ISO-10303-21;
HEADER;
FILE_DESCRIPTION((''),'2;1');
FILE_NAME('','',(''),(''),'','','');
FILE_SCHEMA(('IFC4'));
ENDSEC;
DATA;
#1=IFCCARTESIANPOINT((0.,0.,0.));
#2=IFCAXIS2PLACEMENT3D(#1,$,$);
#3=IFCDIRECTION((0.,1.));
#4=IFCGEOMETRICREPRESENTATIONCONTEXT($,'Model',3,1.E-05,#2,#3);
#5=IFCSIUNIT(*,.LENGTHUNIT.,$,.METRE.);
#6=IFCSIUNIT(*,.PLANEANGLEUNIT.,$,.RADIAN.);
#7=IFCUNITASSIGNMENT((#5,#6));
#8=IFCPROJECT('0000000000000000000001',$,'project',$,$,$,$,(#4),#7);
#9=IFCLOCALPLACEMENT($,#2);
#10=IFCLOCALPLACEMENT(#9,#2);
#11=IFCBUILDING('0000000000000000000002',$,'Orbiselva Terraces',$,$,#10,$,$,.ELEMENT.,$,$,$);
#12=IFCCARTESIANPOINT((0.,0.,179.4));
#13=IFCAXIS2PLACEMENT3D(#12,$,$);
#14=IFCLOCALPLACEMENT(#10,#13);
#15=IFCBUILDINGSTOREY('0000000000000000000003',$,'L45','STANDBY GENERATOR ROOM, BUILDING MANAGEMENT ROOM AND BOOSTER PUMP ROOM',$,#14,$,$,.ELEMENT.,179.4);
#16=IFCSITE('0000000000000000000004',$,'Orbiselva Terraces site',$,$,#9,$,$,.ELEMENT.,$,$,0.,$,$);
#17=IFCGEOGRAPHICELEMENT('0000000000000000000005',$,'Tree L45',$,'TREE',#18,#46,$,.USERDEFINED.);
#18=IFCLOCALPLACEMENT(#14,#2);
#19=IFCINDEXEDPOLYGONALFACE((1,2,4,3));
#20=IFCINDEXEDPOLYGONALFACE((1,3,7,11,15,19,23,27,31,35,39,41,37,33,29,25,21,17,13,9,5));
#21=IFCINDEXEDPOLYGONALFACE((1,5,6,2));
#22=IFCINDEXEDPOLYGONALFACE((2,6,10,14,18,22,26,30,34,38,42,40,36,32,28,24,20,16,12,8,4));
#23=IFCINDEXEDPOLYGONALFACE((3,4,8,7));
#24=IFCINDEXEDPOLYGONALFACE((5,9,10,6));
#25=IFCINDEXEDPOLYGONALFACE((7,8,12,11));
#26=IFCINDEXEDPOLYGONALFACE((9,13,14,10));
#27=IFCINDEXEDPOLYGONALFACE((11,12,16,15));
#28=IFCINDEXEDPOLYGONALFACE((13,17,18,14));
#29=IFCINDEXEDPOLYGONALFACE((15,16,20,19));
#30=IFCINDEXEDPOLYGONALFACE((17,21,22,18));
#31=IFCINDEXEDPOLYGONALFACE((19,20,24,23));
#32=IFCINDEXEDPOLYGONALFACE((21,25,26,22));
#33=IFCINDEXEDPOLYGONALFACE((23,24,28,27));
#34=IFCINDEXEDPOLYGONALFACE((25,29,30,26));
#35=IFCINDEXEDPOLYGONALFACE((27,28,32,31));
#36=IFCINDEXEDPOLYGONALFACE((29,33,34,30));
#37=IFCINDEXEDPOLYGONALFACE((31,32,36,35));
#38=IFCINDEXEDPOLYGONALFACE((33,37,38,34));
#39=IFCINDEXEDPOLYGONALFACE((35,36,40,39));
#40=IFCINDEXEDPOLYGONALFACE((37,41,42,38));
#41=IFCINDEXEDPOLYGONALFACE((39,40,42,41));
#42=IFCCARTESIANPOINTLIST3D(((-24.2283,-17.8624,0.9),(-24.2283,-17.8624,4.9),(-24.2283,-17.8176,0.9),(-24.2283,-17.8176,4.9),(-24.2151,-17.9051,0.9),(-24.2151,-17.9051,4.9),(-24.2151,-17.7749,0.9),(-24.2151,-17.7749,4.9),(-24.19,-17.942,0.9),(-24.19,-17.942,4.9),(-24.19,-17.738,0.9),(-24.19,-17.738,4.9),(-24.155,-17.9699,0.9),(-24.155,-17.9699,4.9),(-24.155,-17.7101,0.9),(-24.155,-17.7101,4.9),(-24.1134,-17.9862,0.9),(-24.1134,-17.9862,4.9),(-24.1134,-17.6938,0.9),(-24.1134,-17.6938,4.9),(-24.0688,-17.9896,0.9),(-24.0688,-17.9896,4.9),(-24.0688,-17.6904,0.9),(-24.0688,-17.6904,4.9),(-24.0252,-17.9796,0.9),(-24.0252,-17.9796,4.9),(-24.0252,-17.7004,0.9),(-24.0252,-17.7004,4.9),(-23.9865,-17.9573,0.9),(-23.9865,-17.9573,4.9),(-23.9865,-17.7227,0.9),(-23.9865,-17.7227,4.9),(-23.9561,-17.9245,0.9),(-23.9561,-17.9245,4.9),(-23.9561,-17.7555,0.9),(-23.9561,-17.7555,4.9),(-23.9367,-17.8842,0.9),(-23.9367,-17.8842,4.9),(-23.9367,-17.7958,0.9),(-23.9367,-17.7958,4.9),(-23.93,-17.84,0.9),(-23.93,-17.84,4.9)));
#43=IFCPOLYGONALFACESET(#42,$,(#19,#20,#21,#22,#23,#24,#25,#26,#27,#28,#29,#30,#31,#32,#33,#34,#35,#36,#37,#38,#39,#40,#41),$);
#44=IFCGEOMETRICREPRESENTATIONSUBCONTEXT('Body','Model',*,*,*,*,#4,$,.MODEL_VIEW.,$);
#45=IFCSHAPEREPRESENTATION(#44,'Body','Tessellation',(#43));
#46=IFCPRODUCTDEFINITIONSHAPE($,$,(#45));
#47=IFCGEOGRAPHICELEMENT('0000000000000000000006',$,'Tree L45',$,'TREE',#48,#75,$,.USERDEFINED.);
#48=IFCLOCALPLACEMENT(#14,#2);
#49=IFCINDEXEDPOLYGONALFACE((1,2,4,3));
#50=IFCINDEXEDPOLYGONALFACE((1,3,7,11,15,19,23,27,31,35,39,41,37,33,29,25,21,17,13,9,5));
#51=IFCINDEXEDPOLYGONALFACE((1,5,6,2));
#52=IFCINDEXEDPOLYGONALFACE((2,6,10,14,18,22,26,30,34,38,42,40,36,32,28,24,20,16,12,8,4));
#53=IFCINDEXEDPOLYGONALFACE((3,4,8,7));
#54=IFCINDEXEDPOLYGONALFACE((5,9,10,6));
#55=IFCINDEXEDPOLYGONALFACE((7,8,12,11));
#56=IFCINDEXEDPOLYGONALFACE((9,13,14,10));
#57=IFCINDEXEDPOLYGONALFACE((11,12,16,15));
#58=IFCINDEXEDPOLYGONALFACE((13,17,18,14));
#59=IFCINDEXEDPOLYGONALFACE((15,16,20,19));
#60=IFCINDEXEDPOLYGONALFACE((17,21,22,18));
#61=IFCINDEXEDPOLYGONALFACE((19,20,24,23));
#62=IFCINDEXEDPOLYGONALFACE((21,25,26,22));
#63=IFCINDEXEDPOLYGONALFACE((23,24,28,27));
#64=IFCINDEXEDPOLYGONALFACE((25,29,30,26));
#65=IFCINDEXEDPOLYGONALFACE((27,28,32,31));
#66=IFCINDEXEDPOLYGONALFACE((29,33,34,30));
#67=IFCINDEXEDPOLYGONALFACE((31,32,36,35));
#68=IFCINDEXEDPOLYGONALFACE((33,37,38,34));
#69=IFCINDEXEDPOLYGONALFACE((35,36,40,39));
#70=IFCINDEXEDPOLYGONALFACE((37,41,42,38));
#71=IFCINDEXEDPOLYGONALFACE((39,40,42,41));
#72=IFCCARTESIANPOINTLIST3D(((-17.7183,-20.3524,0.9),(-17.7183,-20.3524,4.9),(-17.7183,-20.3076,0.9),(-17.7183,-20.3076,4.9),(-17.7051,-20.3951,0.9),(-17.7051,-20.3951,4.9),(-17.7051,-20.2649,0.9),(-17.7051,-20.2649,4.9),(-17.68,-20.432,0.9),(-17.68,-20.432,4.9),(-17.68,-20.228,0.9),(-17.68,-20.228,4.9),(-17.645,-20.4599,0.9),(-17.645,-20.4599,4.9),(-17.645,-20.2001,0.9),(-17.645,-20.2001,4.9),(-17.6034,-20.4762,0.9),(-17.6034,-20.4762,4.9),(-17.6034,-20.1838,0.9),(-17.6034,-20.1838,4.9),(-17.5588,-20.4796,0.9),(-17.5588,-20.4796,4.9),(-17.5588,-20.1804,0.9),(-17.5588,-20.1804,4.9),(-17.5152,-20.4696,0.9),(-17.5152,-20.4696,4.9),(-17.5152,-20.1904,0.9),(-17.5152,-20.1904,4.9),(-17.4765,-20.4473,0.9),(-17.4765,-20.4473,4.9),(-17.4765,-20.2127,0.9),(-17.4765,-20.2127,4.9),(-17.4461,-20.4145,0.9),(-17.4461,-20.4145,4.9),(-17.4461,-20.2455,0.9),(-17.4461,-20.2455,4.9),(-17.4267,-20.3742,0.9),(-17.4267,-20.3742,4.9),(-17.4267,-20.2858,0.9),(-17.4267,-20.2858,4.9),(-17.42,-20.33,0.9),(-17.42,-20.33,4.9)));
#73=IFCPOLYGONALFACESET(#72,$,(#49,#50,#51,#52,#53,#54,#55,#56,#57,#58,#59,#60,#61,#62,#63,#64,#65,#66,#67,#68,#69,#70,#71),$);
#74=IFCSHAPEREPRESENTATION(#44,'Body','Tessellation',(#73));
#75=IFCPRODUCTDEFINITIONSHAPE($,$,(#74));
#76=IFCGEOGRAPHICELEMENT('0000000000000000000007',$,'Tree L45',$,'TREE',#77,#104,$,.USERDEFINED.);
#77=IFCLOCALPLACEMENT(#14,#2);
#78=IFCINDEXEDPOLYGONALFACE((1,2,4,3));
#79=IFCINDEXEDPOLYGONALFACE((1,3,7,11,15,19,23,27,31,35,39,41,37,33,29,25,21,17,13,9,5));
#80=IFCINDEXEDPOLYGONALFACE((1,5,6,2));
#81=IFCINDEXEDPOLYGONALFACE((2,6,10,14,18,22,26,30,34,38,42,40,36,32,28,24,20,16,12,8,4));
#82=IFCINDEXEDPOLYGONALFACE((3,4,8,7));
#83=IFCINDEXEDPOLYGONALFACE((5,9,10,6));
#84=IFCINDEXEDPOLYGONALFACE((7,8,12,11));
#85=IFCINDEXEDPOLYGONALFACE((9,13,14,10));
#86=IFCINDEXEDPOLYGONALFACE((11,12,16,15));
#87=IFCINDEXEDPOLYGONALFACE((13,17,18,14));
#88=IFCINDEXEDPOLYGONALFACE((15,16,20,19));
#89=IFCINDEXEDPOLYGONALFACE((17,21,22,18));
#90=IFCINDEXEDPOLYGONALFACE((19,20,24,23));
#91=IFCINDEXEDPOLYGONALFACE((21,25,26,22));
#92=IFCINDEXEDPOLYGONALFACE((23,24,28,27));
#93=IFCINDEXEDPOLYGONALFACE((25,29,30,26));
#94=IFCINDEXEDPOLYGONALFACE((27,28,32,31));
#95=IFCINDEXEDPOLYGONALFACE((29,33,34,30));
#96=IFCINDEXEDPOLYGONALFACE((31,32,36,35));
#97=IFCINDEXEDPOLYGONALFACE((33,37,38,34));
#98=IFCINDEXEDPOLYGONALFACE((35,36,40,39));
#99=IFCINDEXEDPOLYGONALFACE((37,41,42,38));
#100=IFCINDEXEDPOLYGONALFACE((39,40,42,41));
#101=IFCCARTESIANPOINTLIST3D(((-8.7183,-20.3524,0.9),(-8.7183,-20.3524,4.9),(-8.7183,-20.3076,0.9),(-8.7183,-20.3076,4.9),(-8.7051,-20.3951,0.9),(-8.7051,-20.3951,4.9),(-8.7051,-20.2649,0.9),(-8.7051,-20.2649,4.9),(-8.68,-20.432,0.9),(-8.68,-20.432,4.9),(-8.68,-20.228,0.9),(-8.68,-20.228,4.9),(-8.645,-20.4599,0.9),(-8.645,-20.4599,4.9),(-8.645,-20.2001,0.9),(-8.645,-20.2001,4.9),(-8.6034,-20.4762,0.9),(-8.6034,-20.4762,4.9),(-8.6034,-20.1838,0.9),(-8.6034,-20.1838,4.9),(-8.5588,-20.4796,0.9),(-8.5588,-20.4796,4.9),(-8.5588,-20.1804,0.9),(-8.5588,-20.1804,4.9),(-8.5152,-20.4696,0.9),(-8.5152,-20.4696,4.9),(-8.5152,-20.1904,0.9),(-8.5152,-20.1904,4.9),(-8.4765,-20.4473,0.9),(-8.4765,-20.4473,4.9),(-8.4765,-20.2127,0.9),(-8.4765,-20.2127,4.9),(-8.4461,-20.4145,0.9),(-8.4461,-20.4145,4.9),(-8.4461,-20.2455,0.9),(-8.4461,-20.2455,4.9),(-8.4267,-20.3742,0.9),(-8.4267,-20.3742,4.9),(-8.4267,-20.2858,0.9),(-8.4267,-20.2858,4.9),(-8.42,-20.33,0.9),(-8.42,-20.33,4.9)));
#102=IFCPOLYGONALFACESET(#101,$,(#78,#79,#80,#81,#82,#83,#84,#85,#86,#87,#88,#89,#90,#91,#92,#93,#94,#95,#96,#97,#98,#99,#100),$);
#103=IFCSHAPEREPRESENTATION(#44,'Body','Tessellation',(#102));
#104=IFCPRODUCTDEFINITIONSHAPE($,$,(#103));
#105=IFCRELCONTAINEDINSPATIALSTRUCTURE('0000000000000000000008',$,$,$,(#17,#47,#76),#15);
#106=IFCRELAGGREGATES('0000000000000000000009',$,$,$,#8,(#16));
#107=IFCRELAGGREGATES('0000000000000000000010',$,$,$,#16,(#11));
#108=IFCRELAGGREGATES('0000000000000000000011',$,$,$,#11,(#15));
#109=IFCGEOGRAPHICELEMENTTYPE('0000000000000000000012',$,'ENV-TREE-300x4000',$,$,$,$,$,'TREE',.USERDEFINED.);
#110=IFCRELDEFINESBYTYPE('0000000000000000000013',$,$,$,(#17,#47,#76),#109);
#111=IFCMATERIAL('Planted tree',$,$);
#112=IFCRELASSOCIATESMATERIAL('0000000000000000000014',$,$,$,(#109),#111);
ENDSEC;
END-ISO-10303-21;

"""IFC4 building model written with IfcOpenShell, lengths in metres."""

from ifc_helpers import new_model, si_unit, direction, frame, origin, origin_2d, place, context, subcontext, project, spatial, circle, extrude, material, type_object, element, save


model = new_model("IFC4")

# Units and contexts
model_context = context("Model", 3, precision=1e-05, world=origin(), true_north=direction((0.0, 1.0)))
body_context = subcontext(model_context, "Body", "Model", "MODEL_VIEW")
ifc_project = project(units=[si_unit("LENGTHUNIT", "METRE"), si_unit("PLANEANGLEUNIT", "RADIAN")], contexts=[model_context])

# Site, building, storey
site_placement = place(None, origin())
site = spatial("IfcSite", under=ifc_project, at=site_placement, Name="Orbiselva Terraces site", CompositionType="ELEMENT", RefElevation=0.0)
building_placement = place(site_placement, origin())
building = spatial("IfcBuilding", under=site, at=building_placement, Name="Orbiselva Terraces", CompositionType="ELEMENT")
storey_placement = place(building_placement, frame((0.0, 0.0, 179.4)))
storey = spatial("IfcBuildingStorey", under=building, at=storey_placement, Name="L45", Description="STANDBY GENERATOR ROOM, BUILDING MANAGEMENT ROOM AND BOOSTER PUMP ROOM", CompositionType="ELEMENT", Elevation=179.4)

# Geographic elements
ifc_material_1 = material(Name="Planted tree")
geographic_element_type = type_object("IfcGeographicElementType", Name="ENV-TREE-300x4000", ElementType="TREE", PredefinedType="USERDEFINED", material=ifc_material_1)
for number, where, z_axis, x_axis, name in (
    (1, (-24.08, -17.84, 4.9), (0.0, 0.0, -1.0), (1.0, 0.0, 0.0), "Tree L45"),
    (2, (-17.57, -20.33, 4.9), (0.0, 0.0, -1.0), (1.0, 0.0, 0.0), "Tree L45"),
    (3, (-8.57, -20.33, 4.9), (0.0, 0.0, -1.0), (1.0, 0.0, 0.0), "Tree L45"),
):
    element("IfcGeographicElement", number, at=place(storey_placement, frame(where, z_axis=z_axis, x_axis=x_axis)), inside=storey, type_object=geographic_element_type, Name=name, ObjectType="TREE", PredefinedType="USERDEFINED", context=body_context, shape_type="SweptSolid", body=[
        extrude(circle(Radius=0.15, at=origin_2d()), origin(), (0.0, 0.0, 1.0), 4.0),
    ])

save(model, "model.ifc")
